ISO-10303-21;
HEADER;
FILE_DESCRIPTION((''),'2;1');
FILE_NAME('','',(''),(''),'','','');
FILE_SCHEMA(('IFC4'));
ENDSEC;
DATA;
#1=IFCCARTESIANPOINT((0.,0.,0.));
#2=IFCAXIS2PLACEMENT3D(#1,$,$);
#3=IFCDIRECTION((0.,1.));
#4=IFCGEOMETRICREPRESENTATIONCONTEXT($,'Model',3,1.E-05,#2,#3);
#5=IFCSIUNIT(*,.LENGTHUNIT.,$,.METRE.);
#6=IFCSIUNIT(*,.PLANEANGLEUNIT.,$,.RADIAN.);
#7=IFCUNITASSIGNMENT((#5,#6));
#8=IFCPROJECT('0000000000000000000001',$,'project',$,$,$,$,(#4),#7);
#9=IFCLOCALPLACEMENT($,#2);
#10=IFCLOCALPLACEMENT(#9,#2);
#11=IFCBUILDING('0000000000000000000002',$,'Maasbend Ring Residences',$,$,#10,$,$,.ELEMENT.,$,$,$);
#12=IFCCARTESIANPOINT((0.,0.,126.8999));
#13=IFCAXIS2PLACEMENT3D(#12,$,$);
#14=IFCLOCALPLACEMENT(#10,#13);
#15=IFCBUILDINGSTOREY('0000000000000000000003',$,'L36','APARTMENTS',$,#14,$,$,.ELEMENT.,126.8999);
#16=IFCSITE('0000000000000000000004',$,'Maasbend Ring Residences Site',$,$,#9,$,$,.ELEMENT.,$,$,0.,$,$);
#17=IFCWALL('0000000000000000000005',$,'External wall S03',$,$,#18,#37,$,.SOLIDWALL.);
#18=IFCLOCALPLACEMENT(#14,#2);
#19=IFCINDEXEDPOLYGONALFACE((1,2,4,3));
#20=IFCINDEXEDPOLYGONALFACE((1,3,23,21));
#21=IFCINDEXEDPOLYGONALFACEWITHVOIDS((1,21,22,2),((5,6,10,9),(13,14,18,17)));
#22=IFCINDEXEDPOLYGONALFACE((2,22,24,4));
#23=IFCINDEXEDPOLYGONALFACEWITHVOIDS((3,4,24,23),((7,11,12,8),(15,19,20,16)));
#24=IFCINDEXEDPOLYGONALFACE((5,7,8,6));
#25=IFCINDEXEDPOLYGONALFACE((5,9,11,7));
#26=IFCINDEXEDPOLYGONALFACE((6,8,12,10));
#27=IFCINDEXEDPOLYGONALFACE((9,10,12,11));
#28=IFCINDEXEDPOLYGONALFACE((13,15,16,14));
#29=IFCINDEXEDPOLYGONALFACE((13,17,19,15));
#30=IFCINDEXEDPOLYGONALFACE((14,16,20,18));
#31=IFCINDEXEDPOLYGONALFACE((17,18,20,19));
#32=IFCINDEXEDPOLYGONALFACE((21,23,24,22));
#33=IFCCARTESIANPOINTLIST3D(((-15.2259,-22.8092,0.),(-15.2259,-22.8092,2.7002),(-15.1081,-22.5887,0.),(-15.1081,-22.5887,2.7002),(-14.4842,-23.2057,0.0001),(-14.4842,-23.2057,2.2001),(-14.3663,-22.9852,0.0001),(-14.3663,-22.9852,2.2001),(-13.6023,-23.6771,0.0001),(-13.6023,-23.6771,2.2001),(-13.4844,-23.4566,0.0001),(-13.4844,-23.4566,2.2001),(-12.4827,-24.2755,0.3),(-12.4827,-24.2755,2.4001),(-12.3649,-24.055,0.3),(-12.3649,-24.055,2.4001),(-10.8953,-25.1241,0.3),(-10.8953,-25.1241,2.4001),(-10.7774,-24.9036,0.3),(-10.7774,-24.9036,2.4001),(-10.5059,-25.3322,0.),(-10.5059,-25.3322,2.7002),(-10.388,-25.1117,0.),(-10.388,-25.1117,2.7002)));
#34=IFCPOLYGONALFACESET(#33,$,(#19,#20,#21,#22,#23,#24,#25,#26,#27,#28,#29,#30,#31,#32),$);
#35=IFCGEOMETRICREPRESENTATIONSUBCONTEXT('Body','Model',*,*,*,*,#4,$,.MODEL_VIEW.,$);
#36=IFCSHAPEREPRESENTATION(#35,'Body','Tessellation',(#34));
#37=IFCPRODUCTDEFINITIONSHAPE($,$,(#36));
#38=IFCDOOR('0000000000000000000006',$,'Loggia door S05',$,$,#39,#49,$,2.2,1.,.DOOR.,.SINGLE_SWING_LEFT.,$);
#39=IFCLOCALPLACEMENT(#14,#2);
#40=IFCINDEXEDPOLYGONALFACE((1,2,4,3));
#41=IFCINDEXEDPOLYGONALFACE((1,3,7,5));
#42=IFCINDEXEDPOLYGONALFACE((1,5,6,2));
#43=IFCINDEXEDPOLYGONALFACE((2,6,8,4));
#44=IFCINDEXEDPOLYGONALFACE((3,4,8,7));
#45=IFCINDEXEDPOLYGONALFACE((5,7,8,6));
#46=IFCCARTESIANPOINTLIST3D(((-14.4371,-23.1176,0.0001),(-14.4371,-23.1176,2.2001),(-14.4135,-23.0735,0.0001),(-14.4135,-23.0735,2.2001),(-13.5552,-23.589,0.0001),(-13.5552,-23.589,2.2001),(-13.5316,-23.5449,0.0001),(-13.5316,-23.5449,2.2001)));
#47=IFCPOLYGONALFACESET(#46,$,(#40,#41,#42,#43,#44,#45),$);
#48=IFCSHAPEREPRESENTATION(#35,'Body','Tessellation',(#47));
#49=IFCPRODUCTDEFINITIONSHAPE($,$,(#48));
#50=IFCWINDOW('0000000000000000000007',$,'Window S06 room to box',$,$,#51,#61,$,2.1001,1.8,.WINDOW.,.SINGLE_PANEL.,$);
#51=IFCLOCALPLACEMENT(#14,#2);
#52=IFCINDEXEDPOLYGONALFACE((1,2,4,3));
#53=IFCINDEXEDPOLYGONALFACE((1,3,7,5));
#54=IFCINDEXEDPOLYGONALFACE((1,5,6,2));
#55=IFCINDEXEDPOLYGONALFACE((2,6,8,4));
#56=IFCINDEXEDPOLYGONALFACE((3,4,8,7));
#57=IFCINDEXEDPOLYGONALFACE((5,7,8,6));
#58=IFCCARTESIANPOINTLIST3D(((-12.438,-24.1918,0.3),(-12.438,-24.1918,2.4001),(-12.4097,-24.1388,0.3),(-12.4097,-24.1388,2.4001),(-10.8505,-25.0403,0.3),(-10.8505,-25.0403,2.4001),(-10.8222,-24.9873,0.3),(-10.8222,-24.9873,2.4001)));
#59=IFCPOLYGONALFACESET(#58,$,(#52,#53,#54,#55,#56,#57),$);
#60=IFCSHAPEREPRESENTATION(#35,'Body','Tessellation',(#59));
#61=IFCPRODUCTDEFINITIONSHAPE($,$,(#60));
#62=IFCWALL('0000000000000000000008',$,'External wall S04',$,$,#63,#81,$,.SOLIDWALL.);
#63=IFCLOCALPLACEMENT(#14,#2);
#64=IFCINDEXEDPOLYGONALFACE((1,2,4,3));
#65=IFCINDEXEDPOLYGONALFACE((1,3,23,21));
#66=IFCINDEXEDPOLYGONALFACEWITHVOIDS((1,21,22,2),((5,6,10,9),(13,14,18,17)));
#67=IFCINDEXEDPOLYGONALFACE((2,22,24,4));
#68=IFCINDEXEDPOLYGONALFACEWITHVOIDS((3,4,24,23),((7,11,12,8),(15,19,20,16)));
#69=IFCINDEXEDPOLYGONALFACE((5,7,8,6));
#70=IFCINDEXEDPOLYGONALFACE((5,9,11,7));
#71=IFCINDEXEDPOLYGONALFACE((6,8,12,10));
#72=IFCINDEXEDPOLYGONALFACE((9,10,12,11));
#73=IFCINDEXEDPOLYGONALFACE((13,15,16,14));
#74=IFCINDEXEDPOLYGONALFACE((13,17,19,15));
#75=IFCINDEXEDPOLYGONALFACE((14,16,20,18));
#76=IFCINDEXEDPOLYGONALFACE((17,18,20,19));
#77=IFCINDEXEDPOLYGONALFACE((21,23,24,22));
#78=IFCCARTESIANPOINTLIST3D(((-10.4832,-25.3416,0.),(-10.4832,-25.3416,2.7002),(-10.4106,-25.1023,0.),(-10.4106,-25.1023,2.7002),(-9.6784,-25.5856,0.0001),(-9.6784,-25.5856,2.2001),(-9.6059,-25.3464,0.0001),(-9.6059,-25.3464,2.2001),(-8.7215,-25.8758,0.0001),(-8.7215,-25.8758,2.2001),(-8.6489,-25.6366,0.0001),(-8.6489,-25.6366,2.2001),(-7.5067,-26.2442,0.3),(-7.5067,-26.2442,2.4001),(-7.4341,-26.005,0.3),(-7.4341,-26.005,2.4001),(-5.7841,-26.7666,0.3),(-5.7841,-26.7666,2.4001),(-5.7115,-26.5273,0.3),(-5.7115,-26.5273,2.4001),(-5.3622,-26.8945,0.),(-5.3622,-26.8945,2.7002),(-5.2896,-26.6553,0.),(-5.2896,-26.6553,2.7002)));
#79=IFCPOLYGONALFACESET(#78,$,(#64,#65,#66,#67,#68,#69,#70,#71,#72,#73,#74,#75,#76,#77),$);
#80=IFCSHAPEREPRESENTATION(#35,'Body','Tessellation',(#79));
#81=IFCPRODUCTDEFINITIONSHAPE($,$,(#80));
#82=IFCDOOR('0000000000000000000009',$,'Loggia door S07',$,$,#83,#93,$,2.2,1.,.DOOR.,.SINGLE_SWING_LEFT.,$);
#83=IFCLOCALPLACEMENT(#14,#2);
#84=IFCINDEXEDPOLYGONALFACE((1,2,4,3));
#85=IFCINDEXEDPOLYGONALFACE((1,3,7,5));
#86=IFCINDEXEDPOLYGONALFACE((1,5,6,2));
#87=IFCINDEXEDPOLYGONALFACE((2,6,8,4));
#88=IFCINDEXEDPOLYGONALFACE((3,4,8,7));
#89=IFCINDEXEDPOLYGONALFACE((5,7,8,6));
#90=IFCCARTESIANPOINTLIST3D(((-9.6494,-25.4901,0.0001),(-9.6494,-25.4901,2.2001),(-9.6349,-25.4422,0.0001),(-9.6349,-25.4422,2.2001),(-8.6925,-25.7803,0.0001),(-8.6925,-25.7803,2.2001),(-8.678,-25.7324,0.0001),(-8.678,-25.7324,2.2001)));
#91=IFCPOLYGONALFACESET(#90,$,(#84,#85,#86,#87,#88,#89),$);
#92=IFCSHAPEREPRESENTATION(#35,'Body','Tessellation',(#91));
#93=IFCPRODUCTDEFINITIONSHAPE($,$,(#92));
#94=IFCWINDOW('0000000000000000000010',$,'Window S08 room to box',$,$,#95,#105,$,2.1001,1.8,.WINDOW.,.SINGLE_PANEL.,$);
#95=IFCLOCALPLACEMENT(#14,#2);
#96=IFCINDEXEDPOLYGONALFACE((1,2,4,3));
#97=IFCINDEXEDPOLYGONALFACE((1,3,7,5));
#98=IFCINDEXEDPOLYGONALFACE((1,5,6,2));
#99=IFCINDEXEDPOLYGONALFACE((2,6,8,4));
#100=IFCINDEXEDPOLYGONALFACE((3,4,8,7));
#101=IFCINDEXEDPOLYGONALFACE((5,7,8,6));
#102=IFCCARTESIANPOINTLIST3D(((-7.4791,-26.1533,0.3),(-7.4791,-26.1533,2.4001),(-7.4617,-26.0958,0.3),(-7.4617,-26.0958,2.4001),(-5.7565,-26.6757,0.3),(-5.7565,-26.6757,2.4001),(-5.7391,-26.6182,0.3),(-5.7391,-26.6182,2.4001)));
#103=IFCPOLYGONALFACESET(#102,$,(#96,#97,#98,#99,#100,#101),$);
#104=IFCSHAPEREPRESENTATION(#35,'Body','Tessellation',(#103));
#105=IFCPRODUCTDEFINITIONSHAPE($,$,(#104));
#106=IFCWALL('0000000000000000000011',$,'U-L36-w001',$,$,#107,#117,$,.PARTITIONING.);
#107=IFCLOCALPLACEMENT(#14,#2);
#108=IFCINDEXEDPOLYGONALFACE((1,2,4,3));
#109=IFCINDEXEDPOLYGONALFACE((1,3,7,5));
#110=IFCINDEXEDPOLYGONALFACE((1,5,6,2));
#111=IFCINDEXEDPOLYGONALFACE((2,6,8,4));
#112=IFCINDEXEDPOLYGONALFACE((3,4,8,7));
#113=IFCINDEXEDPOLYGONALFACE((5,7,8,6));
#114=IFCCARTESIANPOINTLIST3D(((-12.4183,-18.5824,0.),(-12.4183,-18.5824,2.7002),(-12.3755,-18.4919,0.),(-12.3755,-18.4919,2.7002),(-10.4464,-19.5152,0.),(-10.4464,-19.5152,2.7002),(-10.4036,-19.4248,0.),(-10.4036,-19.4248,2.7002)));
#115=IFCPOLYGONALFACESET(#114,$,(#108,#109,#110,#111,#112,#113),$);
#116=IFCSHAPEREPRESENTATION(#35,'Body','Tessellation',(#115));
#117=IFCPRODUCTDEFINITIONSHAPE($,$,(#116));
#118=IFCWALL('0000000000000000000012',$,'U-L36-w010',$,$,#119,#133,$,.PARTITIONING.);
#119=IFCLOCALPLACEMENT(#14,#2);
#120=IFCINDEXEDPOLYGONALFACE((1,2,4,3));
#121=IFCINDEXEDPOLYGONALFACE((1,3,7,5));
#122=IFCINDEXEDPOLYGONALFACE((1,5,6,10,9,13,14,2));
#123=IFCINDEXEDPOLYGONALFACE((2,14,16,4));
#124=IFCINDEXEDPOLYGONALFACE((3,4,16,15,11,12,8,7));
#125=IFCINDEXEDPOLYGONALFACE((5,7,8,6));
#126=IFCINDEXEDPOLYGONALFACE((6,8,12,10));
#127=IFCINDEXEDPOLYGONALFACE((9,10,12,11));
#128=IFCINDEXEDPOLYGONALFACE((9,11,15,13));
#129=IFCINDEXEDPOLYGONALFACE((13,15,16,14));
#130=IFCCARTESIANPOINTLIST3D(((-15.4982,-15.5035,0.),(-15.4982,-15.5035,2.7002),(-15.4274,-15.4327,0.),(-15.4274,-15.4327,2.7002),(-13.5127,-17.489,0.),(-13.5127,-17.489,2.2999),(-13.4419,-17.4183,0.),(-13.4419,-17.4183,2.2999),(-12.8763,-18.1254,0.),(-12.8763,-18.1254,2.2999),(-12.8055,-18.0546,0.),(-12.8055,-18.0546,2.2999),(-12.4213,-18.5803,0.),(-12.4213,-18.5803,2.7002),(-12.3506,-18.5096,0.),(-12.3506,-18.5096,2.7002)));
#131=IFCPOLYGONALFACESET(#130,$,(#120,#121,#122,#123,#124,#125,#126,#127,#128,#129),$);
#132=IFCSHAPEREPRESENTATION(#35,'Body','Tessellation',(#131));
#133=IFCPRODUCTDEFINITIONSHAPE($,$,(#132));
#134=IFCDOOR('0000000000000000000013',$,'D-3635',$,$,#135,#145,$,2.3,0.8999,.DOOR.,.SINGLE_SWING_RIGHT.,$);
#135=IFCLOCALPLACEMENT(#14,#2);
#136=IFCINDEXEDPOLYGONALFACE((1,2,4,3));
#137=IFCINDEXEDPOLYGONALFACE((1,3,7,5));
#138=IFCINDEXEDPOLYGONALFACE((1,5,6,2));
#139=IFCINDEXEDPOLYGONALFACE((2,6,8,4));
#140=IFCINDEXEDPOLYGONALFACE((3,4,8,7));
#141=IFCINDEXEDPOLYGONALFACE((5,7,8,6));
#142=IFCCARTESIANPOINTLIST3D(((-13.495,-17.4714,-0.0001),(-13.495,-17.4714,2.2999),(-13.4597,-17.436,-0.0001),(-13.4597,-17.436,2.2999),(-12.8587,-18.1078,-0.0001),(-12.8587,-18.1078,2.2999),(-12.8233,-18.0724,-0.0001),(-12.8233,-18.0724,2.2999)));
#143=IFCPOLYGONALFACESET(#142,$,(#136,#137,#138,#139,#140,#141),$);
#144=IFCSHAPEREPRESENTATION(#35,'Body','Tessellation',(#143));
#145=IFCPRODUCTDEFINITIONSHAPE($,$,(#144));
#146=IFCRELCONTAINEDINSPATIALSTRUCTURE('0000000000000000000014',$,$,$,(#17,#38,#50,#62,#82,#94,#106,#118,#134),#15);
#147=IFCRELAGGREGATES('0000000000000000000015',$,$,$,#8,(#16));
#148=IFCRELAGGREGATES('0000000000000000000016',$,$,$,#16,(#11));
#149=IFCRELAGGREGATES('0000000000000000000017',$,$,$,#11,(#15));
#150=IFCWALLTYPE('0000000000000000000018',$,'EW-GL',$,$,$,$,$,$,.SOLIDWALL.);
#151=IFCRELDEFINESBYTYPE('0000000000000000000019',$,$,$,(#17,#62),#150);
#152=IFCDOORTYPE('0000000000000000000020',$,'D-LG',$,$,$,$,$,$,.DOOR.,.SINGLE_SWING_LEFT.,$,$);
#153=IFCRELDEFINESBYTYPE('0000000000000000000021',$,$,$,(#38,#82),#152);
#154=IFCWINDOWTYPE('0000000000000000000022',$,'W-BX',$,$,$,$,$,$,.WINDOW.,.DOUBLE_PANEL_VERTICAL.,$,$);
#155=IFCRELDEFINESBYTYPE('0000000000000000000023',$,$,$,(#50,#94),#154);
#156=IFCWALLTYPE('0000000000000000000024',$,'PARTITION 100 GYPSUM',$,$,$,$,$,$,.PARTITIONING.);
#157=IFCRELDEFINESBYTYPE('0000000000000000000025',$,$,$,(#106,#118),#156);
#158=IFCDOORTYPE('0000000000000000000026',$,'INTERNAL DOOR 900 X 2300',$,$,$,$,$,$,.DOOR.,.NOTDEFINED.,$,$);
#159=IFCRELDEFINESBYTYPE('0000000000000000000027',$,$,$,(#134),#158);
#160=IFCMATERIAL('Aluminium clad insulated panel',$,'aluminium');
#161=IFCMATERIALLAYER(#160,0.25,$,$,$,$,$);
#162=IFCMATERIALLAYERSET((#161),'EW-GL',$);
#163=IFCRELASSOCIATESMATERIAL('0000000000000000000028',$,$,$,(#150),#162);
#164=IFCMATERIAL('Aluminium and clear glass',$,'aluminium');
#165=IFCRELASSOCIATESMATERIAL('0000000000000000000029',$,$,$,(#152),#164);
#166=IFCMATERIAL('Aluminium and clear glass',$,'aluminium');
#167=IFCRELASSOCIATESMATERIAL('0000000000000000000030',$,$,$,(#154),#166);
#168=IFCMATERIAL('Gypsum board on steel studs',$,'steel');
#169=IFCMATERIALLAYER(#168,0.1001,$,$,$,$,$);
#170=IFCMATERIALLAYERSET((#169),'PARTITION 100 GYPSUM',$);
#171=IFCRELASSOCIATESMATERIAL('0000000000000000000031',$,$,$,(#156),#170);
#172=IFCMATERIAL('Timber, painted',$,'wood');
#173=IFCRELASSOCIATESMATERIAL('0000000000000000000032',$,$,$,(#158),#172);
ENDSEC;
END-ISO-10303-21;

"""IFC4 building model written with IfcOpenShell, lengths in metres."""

from ifc_helpers import new_model, si_unit, direction, frame, frame_2d, origin, place, context, subcontext, project, spatial, rectangle, extrude, material, layer, layer_set, type_object, element, fill, save


model = new_model("IFC4")

# Units and contexts
model_context = context("Model", 3, precision=1e-05, world=origin(), true_north=direction((0.0, 1.0)))
body_context = subcontext(model_context, "Body", "Model", "MODEL_VIEW")
ifc_project = project(units=[si_unit("LENGTHUNIT", "METRE"), si_unit("PLANEANGLEUNIT", "RADIAN")], contexts=[model_context])

# Site, building, storey
site_placement = place(None, origin())
site = spatial("IfcSite", under=ifc_project, at=site_placement, Name="Maasbend Ring Residences Site", CompositionType="ELEMENT", RefElevation=0.0)
building_placement = place(site_placement, origin())
building = spatial("IfcBuilding", under=site, at=building_placement, Name="Maasbend Ring Residences", CompositionType="ELEMENT")
storey_placement = place(building_placement, frame((0.0, 0.0, 126.8999)))
storey = spatial("IfcBuildingStorey", under=building, at=storey_placement, Name="L36", Description="APARTMENTS", CompositionType="ELEMENT", Elevation=126.8999)

# Walls, openings, doors, windows
ifc_material_1 = material(Name="Aluminium clad insulated panel", Category="aluminium")
ifc_layer_1 = layer(ifc_material_1, 0.25)
ifc_layer_set_1 = layer_set([ifc_layer_1], Name="EW-GL")
wall_type_1 = type_object("IfcWallType", Name="EW-GL", PredefinedType="SOLIDWALL", material=ifc_layer_set_1)
wall_1_placement = place(storey_placement, frame((-15.167, -22.699, 0.0), z_axis=(0.0, 0.0, 1.0), x_axis=(0.881916, -0.471407, 0.0)))
wall_1 = element("IfcWall", 1, at=wall_1_placement, inside=storey, type_object=wall_type_1, Name="External wall S03", PredefinedType="SOLIDWALL", context=body_context, shape_type="SweptSolid", body=[
    extrude(rectangle(XDim=5.3521, YDim=0.25, at=frame_2d((2.676, 0.0))), origin(), (0.0, 0.0, 1.0), 2.7002),
])
opening_1_placement = place(wall_1_placement, frame((0.8411, 0.0, 0.0)))
opening_1 = element("IfcOpeningElement", 2, at=opening_1_placement, cuts=wall_1, PredefinedType="OPENING", context=body_context, shape_type="SweptSolid", body=[
    extrude(rectangle(XDim=1.0, YDim=2.2, at=frame_2d((0.5, 1.1001))), frame((0.0, 0.135, 0.0), z_axis=(0.0, -1.0, 0.0), x_axis=(1.0, 0.0, 0.0)), (0.0, 0.0, 1.0), 0.27),
])
opening_2_placement = place(wall_1_placement, frame((3.1106, 0.0, 0.3)))
opening_2 = element("IfcOpeningElement", 3, at=opening_2_placement, cuts=wall_1, PredefinedType="OPENING", context=body_context, shape_type="SweptSolid", body=[
    extrude(rectangle(XDim=1.8, YDim=2.1001, at=frame_2d((0.8999, 1.05))), frame((0.0, 0.135, 0.0), z_axis=(0.0, -1.0, 0.0), x_axis=(1.0, 0.0, 0.0)), (0.0, 0.0, 1.0), 0.27),
])
ifc_material_2 = material(Name="Aluminium and clear glass", Category="aluminium")
door_type_1 = type_object("IfcDoorType", Name="D-LG", OperationType="SINGLE_SWING_LEFT", PredefinedType="DOOR", material=ifc_material_2)
door_1_placement = place(opening_1_placement, origin())
door_1 = element("IfcDoor", 4, at=door_1_placement, inside=storey, type_object=door_type_1, Name="Loggia door S05", OperationType="SINGLE_SWING_LEFT", OverallHeight=2.2, OverallWidth=1.0, PredefinedType="DOOR", context=body_context, shape_type="SweptSolid", body=[
    extrude(rectangle(XDim=1.0, YDim=2.2, at=frame_2d((0.5, 1.1001))), frame((0.0, 0.0249, 0.0), z_axis=(0.0, -1.0, 0.0), x_axis=(1.0, 0.0, 0.0)), (0.0, 0.0, 1.0), 0.05),
])
fill(opening_1, door_1)
ifc_material_3 = material(Name="Aluminium and clear glass", Category="aluminium")
window_type_1 = type_object("IfcWindowType", Name="W-BX", PartitioningType="DOUBLE_PANEL_VERTICAL", PredefinedType="WINDOW", material=ifc_material_3)
window_1_placement = place(opening_2_placement, origin())
window_1 = element("IfcWindow", 5, at=window_1_placement, inside=storey, type_object=window_type_1, Name="Window S06 room to box", OverallHeight=2.1001, OverallWidth=1.8, PartitioningType="SINGLE_PANEL", PredefinedType="WINDOW", context=body_context, shape_type="SweptSolid", body=[
    extrude(rectangle(XDim=1.8, YDim=2.1001, at=frame_2d((0.8999, 1.05))), frame((0.0, 0.03, 0.0), z_axis=(0.0, -1.0, 0.0), x_axis=(1.0, 0.0, 0.0)), (0.0, 0.0, 1.0), 0.0601),
])
fill(opening_2, window_1)
wall_2_placement = place(storey_placement, frame((-10.447, -25.2219, 0.0), z_axis=(0.0, 0.0, 1.0), x_axis=(0.956966, -0.290201, 0.0)))
wall_2 = element("IfcWall", 6, at=wall_2_placement, inside=storey, type_object=wall_type_1, Name="External wall S04", PredefinedType="SOLIDWALL", context=body_context, shape_type="SweptSolid", body=[
    extrude(rectangle(XDim=5.3513, YDim=0.25, at=frame_2d((2.6758, 0.0))), origin(), (0.0, 0.0, 1.0), 2.7002),
])
opening_3_placement = place(wall_2_placement, frame((0.8411, 0.0, 0.0)))
opening_3 = element("IfcOpeningElement", 7, at=opening_3_placement, cuts=wall_2, PredefinedType="OPENING", context=body_context, shape_type="SweptSolid", body=[
    extrude(rectangle(XDim=1.0, YDim=2.2, at=frame_2d((0.5, 1.1001))), frame((0.0, 0.135, 0.0), z_axis=(0.0, -1.0, 0.0), x_axis=(1.0, 0.0, 0.0)), (0.0, 0.0, 1.0), 0.27),
])
opening_4_placement = place(wall_2_placement, frame((3.1106, 0.0, 0.3)))
opening_4 = element("IfcOpeningElement", 8, at=opening_4_placement, cuts=wall_2, PredefinedType="OPENING", context=body_context, shape_type="SweptSolid", body=[
    extrude(rectangle(XDim=1.8, YDim=2.1001, at=frame_2d((0.8999, 1.05))), frame((0.0, 0.135, 0.0), z_axis=(0.0, -1.0, 0.0), x_axis=(1.0, 0.0, 0.0)), (0.0, 0.0, 1.0), 0.27),
])
door_2_placement = place(opening_3_placement, origin())
door_2 = element("IfcDoor", 9, at=door_2_placement, inside=storey, type_object=door_type_1, Name="Loggia door S07", OperationType="SINGLE_SWING_LEFT", OverallHeight=2.2, OverallWidth=1.0, PredefinedType="DOOR", context=body_context, shape_type="SweptSolid", body=[
    extrude(rectangle(XDim=1.0, YDim=2.2, at=frame_2d((0.5, 1.1001))), frame((0.0, 0.0249, 0.0), z_axis=(0.0, -1.0, 0.0), x_axis=(1.0, 0.0, 0.0)), (0.0, 0.0, 1.0), 0.05),
])
fill(opening_3, door_2)
window_2_placement = place(opening_4_placement, origin())
window_2 = element("IfcWindow", 10, at=window_2_placement, inside=storey, type_object=window_type_1, Name="Window S08 room to box", OverallHeight=2.1001, OverallWidth=1.8, PartitioningType="SINGLE_PANEL", PredefinedType="WINDOW", context=body_context, shape_type="SweptSolid", body=[
    extrude(rectangle(XDim=1.8, YDim=2.1001, at=frame_2d((0.8999, 1.05))), frame((0.0, 0.03, 0.0), z_axis=(0.0, -1.0, 0.0), x_axis=(1.0, 0.0, 0.0)), (0.0, 0.0, 1.0), 0.0601),
])
fill(opening_4, window_2)

# Wall
ifc_material_4 = material(Name="Gypsum board on steel studs", Category="steel")
ifc_layer_2 = layer(ifc_material_4, 0.1001)
ifc_layer_set_2 = layer_set([ifc_layer_2], Name="PARTITION 100 GYPSUM")
wall_type_2 = type_object("IfcWallType", Name="PARTITION 100 GYPSUM", PredefinedType="PARTITIONING", material=ifc_layer_set_2)
wall_3_placement = place(storey_placement, frame((-12.397, -18.5371, 0.0), z_axis=(0.0, 0.0, 1.0), x_axis=(0.903952, -0.427634, 0.0)))
element("IfcWall", 11, at=wall_3_placement, inside=storey, type_object=wall_type_2, Name="U-L36-w001", PredefinedType="PARTITIONING", context=body_context, shape_type="SweptSolid", body=[
    extrude(rectangle(XDim=2.1814, YDim=0.1001, at=frame_2d((1.0908, 0.0))), origin(), (0.0, 0.0, 1.0), 2.7002),
])

# Wall, opening, door
wall_4_placement = place(storey_placement, frame((-15.4629, -15.468, 0.0), z_axis=(0.0, 0.0, 1.0), x_axis=(0.707107, -0.707107, 0.0)))
wall_4 = element("IfcWall", 12, at=wall_4_placement, inside=storey, type_object=wall_type_2, Name="U-L36-w010", PredefinedType="PARTITIONING", context=body_context, shape_type="SweptSolid", body=[
    extrude(rectangle(XDim=4.3513, YDim=0.1001, at=frame_2d((2.1758, 0.0))), origin(), (0.0, 0.0, 1.0), 2.7002),
])
opening_5_placement = place(wall_4_placement, frame((2.8081, 0.0, 0.0)))
opening_5 = element("IfcOpeningElement", 13, at=opening_5_placement, cuts=wall_4, PredefinedType="OPENING", context=body_context, shape_type="SweptSolid", body=[
    extrude(rectangle(XDim=0.8999, YDim=2.3, at=frame_2d((0.45, 1.1499))), frame((0.0, 0.0601, 0.0), z_axis=(0.0, -1.0, 0.0), x_axis=(1.0, 0.0, 0.0)), (0.0, 0.0, 1.0), 0.1201),
])
ifc_material_5 = material(Name="Timber, painted", Category="wood")
door_type_2 = type_object("IfcDoorType", Name="INTERNAL DOOR 900 X 2300", OperationType="NOTDEFINED", PredefinedType="DOOR", material=ifc_material_5)
door_3_placement = place(opening_5_placement, origin())
door_3 = element("IfcDoor", 14, at=door_3_placement, inside=storey, type_object=door_type_2, Name="D-3635", OperationType="SINGLE_SWING_RIGHT", OverallHeight=2.3, OverallWidth=0.8999, PredefinedType="DOOR", context=body_context, shape_type="SweptSolid", body=[
    extrude(rectangle(XDim=0.8999, YDim=2.3, at=frame_2d((0.45, 1.1499))), frame((0.0, 0.0249, 0.0), z_axis=(0.0, -1.0, 0.0), x_axis=(1.0, 0.0, 0.0)), (0.0, 0.0, 1.0), 0.05),
])
fill(opening_5, door_3)

save(model, "model.ifc")
